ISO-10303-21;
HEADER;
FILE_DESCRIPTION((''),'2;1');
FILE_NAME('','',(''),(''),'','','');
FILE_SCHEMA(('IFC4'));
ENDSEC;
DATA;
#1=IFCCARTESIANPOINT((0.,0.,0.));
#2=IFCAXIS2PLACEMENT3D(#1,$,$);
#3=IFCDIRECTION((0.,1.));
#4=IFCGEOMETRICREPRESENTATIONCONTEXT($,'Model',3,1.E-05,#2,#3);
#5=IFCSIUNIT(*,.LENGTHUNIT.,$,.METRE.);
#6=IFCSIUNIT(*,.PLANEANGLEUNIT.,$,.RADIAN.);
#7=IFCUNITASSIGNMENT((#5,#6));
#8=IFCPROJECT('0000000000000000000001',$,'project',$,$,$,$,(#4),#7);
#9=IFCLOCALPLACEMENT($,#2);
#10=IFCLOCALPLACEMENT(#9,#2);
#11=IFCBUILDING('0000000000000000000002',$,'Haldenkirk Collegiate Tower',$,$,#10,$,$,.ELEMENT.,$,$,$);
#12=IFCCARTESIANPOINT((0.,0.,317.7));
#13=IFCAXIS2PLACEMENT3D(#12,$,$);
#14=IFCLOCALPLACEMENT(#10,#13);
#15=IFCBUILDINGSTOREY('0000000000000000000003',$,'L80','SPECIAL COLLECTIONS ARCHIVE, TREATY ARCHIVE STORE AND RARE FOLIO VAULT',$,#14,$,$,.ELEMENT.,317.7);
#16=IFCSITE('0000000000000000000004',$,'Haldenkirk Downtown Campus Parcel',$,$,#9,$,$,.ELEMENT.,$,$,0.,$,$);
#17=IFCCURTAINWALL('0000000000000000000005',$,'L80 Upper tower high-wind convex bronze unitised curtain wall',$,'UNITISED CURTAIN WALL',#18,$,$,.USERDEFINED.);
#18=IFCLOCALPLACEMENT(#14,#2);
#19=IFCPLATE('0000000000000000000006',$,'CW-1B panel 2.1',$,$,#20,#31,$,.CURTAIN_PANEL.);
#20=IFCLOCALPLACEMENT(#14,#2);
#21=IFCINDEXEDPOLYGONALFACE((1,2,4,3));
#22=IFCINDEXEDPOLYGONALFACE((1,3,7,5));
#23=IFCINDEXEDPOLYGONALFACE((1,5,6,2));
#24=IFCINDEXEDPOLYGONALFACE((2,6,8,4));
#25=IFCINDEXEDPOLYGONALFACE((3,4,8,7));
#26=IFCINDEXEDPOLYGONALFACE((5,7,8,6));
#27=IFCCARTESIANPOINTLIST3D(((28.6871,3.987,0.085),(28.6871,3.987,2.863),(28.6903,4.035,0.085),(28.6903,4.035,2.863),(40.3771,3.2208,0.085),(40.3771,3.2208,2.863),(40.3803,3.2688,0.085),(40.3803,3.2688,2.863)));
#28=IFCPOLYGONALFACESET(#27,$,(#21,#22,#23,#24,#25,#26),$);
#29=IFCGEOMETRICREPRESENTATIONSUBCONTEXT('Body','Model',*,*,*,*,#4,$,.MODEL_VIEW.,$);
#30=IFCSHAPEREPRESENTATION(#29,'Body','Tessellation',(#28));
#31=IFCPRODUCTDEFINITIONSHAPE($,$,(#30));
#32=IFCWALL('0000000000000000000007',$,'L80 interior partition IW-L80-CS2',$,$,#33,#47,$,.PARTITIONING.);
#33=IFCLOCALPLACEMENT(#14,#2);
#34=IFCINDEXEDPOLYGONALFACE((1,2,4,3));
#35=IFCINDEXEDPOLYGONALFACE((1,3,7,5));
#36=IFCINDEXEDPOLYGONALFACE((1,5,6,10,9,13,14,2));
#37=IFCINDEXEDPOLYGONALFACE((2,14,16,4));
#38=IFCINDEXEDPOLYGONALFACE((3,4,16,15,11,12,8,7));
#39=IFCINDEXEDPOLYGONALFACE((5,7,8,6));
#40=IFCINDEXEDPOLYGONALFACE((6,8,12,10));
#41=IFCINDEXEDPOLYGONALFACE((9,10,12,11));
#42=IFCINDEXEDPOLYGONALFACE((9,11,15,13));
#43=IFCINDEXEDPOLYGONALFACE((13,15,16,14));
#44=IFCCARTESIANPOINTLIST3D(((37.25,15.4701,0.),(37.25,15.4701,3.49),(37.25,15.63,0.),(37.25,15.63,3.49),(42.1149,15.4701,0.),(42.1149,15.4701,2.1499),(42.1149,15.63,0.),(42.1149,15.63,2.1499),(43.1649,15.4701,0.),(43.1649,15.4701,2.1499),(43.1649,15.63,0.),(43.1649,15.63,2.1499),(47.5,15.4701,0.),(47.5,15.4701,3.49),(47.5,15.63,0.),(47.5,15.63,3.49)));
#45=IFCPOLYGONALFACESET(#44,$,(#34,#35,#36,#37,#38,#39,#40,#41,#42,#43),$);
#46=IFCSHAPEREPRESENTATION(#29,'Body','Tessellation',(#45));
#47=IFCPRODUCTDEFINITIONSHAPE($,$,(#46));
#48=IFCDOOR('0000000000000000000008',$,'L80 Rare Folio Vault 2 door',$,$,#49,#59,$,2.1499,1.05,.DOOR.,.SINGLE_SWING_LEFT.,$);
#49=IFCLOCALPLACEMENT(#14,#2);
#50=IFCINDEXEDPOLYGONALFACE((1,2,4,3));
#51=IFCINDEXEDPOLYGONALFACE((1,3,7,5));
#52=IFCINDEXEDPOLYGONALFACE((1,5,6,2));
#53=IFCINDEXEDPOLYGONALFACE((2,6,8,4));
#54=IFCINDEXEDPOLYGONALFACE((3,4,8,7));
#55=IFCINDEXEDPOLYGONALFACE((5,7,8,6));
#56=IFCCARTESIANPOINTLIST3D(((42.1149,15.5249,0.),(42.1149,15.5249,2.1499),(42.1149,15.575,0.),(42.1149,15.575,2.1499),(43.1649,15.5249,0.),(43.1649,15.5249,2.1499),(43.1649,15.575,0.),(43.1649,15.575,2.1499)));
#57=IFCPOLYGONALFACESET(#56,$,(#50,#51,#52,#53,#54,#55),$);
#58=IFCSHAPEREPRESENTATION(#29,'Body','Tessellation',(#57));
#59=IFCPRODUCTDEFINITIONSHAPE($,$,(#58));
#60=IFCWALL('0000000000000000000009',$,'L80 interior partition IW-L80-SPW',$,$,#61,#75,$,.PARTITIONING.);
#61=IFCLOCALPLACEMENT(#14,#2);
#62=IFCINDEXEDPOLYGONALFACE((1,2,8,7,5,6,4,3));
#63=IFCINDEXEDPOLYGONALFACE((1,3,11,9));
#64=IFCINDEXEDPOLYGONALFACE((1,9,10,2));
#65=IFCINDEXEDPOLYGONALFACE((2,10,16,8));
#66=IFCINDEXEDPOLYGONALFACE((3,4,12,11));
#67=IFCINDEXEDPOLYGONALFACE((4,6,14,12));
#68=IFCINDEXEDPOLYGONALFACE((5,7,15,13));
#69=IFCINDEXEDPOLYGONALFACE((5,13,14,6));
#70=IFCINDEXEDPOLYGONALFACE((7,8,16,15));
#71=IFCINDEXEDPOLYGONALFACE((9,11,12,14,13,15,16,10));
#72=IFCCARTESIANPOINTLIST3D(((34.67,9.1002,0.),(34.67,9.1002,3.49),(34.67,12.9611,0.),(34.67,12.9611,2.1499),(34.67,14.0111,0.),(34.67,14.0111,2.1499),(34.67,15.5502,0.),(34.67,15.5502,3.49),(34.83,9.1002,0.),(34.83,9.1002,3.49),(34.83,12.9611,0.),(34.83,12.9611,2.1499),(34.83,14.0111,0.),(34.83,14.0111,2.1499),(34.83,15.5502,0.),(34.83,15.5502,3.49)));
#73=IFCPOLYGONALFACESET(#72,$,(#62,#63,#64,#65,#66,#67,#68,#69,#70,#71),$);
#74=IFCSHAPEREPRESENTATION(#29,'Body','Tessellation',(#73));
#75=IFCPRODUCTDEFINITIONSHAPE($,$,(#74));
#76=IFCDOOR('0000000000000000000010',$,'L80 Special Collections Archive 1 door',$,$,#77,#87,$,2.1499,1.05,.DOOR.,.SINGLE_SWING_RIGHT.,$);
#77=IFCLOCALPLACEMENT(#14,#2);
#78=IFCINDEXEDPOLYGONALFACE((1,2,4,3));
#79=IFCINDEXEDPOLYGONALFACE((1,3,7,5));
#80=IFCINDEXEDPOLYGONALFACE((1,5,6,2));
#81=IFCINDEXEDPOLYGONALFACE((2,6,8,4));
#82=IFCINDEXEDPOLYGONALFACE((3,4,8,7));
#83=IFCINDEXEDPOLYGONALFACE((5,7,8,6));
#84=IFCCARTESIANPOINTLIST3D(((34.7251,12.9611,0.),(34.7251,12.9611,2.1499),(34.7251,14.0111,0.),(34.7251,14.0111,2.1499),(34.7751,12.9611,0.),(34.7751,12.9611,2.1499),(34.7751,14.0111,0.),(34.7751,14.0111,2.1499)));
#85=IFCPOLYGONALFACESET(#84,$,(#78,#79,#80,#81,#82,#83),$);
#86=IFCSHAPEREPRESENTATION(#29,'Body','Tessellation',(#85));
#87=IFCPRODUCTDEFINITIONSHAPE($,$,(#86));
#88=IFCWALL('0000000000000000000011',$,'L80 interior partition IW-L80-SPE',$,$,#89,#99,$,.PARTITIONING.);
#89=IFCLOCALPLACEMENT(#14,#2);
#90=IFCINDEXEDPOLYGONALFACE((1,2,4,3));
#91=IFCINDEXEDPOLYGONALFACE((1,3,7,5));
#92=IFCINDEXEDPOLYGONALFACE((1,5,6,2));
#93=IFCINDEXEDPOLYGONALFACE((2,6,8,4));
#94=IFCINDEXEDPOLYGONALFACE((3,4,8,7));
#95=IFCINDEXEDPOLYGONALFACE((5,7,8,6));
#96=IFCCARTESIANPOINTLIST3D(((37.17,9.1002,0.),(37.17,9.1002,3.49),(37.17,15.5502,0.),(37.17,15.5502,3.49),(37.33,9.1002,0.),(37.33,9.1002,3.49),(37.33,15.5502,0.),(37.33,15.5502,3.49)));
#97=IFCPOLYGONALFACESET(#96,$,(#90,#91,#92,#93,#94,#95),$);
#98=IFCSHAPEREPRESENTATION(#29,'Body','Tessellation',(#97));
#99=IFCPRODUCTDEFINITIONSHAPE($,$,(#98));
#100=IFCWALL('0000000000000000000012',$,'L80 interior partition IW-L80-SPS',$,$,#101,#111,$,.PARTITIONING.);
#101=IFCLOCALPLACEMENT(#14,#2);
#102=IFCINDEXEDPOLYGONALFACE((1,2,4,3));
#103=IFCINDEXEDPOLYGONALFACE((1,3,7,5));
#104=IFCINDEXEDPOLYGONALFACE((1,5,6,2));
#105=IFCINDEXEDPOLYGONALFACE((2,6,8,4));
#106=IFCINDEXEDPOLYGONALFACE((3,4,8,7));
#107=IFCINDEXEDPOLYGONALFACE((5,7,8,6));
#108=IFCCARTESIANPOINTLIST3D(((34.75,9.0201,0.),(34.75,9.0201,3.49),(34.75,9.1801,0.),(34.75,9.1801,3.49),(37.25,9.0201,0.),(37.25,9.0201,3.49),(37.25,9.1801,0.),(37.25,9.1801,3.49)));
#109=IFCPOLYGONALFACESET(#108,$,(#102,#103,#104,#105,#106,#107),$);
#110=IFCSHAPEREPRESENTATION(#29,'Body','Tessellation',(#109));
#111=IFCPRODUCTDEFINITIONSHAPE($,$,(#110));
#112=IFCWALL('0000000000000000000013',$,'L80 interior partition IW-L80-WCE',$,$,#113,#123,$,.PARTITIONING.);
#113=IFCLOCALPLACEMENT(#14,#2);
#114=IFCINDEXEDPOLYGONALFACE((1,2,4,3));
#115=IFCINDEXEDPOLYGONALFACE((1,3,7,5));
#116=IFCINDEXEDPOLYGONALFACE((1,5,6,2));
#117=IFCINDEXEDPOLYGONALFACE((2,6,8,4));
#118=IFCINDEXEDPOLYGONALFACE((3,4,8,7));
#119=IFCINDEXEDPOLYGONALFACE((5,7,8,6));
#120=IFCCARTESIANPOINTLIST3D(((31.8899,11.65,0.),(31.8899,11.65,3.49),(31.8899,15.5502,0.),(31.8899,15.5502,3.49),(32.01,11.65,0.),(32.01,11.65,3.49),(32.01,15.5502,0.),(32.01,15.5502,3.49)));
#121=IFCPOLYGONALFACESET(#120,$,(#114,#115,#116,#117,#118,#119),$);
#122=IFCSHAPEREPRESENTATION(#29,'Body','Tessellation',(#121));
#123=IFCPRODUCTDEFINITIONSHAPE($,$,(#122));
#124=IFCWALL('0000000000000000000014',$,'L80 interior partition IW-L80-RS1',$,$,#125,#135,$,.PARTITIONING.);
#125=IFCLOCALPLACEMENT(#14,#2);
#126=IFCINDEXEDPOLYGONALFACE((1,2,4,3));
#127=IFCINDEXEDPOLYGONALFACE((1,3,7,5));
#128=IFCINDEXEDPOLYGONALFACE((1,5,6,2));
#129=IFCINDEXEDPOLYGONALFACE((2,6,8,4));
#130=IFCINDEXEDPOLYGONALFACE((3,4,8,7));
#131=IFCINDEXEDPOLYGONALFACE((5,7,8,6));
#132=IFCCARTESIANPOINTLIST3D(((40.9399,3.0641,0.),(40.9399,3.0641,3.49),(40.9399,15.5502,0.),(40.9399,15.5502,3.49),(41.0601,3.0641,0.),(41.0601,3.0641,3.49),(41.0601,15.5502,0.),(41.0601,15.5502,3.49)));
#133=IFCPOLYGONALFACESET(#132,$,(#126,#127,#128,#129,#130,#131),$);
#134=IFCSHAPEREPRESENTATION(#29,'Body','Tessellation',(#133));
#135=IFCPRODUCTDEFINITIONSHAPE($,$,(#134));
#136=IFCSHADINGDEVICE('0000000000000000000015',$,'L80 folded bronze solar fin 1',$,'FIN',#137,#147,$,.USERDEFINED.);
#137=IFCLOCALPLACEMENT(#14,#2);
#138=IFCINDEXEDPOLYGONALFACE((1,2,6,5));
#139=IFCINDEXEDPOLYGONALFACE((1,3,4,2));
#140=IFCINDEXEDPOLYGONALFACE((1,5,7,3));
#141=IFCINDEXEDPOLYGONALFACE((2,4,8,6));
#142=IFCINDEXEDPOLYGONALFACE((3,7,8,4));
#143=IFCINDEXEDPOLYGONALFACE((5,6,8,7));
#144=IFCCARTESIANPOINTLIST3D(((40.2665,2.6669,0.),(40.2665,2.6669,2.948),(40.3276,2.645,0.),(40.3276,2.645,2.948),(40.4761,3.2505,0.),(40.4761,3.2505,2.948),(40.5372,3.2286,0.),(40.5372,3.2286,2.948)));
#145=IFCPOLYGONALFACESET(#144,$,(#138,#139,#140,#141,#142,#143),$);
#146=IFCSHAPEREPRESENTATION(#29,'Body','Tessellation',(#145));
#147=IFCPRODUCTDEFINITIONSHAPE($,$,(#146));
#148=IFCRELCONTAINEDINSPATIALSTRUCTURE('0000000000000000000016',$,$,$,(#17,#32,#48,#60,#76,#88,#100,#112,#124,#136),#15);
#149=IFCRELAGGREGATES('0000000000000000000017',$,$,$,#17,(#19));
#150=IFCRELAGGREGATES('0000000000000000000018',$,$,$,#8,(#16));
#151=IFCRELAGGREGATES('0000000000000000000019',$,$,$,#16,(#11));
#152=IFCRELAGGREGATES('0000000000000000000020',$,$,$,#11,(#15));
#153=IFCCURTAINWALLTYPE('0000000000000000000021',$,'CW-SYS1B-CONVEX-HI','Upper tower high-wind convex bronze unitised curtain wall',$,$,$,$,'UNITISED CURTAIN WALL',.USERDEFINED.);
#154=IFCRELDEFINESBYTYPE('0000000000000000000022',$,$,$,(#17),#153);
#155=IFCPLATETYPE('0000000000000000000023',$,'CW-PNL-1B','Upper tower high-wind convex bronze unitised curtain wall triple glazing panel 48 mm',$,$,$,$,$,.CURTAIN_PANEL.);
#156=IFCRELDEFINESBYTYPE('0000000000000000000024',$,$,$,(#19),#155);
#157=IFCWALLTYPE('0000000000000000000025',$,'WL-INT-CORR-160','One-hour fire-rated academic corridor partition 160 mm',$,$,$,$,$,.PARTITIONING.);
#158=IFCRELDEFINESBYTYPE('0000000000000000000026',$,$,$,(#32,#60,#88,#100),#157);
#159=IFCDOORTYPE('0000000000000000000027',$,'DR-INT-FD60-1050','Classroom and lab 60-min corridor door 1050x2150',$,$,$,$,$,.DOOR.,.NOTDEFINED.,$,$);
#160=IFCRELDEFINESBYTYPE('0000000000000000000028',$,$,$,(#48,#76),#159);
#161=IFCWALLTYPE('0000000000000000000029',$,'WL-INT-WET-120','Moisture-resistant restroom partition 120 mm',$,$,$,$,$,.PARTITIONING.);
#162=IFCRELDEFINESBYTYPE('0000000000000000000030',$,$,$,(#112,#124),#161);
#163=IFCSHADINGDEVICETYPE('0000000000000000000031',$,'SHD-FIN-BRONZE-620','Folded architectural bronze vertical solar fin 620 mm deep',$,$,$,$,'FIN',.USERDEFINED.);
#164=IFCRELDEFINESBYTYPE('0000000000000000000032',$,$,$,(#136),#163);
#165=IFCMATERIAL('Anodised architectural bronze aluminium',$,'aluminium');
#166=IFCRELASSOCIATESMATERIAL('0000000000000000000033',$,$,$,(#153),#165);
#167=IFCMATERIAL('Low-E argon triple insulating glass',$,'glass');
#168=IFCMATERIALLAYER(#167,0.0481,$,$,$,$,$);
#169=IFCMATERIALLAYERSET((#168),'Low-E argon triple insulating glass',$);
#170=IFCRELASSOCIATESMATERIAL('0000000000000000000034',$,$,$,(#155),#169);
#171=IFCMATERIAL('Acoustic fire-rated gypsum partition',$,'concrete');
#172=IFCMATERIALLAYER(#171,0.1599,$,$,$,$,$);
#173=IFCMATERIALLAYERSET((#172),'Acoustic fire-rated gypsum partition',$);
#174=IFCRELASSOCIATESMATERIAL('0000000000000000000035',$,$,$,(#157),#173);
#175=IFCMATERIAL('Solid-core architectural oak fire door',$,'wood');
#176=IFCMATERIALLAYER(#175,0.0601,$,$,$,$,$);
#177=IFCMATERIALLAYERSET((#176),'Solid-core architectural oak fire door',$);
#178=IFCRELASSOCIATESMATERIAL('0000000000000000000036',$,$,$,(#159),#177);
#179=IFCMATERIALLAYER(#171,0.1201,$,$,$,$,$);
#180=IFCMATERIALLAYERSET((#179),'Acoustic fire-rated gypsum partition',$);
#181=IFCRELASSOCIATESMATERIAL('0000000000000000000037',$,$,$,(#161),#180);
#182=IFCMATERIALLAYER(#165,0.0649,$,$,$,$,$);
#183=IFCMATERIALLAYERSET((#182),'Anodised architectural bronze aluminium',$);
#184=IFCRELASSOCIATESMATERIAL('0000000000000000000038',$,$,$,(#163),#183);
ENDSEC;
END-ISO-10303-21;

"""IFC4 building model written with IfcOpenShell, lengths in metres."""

from ifc_helpers import new_model, si_unit, direction, frame, frame_2d, origin, origin_2d, place, context, subcontext, project, spatial, rectangle, extrude, source, transform, mapped, material, layer, layer_set, type_object, element, fill, aggregate, save


model = new_model("IFC4")

# Units and contexts
model_context = context("Model", 3, precision=1e-05, world=origin(), true_north=direction((0.0, 1.0)))
body_context = subcontext(model_context, "Body", "Model", "MODEL_VIEW")
ifc_project = project(units=[si_unit("LENGTHUNIT", "METRE"), si_unit("PLANEANGLEUNIT", "RADIAN")], contexts=[model_context])

# Site, building, storey
site_placement = place(None, origin())
site = spatial("IfcSite", under=ifc_project, at=site_placement, Name="Haldenkirk Downtown Campus Parcel", CompositionType="ELEMENT", RefElevation=0.0)
building_placement = place(site_placement, origin())
building = spatial("IfcBuilding", under=site, at=building_placement, Name="Haldenkirk Collegiate Tower", CompositionType="ELEMENT")
storey_placement = place(building_placement, frame((0.0, 0.0, 317.7)))
storey = spatial("IfcBuildingStorey", under=building, at=storey_placement, Name="L80", Description="SPECIAL COLLECTIONS ARCHIVE, TREATY ARCHIVE STORE AND RARE FOLIO VAULT", CompositionType="ELEMENT", Elevation=317.7)

# Curtain wall, plate
ifc_material_1 = material(Name="Anodised architectural bronze aluminium", Category="aluminium")
curtain_wall_type = type_object("IfcCurtainWallType", Name="CW-SYS1B-CONVEX-HI", Description="Upper tower high-wind convex bronze unitised curtain wall", ElementType="UNITISED CURTAIN WALL", PredefinedType="USERDEFINED", material=ifc_material_1)
curtain_wall_placement = place(storey_placement, origin())
curtain_wall = element("IfcCurtainWall", 1, at=curtain_wall_placement, inside=storey, type_object=curtain_wall_type, Name="L80 Upper tower high-wind convex bronze unitised curtain wall", ObjectType="UNITISED CURTAIN WALL", PredefinedType="USERDEFINED")
ifc_material_2 = material(Name="Low-E argon triple insulating glass", Category="glass")
ifc_layer_1 = layer(ifc_material_2, 0.0481)
ifc_layer_set_1 = layer_set([ifc_layer_1], Name="Low-E argon triple insulating glass")
plate_type_1 = type_object("IfcPlateType", Name="CW-PNL-1B", Description="Upper tower high-wind convex bronze unitised curtain wall triple glazing panel 48 mm", PredefinedType="CURTAIN_PANEL", material=ifc_layer_set_1)
shared_shape_1 = source(origin(), body_context, "Body", "SweptSolid", [
    extrude(rectangle(XDim=11.7151, YDim=0.0481, at=origin_2d()), origin(), (0.0, 0.0, 1.0), 2.7781),
])
plate_1_placement = place(storey_placement, frame((34.5337, 3.6279, 0.085), z_axis=(0.0, 0.0, 1.0), x_axis=(-0.997859, 0.065401, 0.0)))
plate_1 = element("IfcPlate", 2, at=plate_1_placement, type_object=plate_type_1, Name="CW-1B panel 2.1", PredefinedType="CURTAIN_PANEL", context=body_context, shape_type="MappedRepresentation", body=[
    mapped(shared_shape_1, transform((0.0, 0.0, 0.0), x_axis=(1.0, 0.0, 0.0), y_axis=(0.0, 1.0, 0.0), z_axis=(0.0, 0.0, 1.0), scale=1.0)),
])
aggregate(curtain_wall, [plate_1])

# Walls, openings, doors
ifc_material_3 = material(Name="Acoustic fire-rated gypsum partition", Category="concrete")
ifc_layer_2 = layer(ifc_material_3, 0.1599)
ifc_layer_set_2 = layer_set([ifc_layer_2], Name="Acoustic fire-rated gypsum partition")
wall_type_1 = type_object("IfcWallType", Name="WL-INT-CORR-160", Description="One-hour fire-rated academic corridor partition 160 mm", PredefinedType="PARTITIONING", material=ifc_layer_set_2)
wall_1_placement = place(storey_placement, frame((37.25, 15.55, 0.0), z_axis=(0.0, 0.0, 1.0), x_axis=(1.0, 0.0, 0.0)))
wall_1 = element("IfcWall", 3, at=wall_1_placement, inside=storey, type_object=wall_type_1, Name="L80 interior partition IW-L80-CS2", PredefinedType="PARTITIONING", context=body_context, shape_type="SweptSolid", body=[
    extrude(rectangle(XDim=10.25, YDim=0.1599, at=frame_2d((5.125, 0.0))), origin(), (0.0, 0.0, 1.0), 3.49),
])
opening_1_placement = place(wall_1_placement, frame((4.865, 0.0, 0.0)))
opening_1 = element("IfcOpeningElement", 4, at=opening_1_placement, cuts=wall_1, PredefinedType="OPENING", context=body_context, shape_type="SweptSolid", body=[
    extrude(rectangle(XDim=1.05, YDim=2.1499, at=frame_2d((0.5249, 1.075))), frame((0.0, 0.0898, 0.0), z_axis=(0.0, -1.0, 0.0), x_axis=(1.0, 0.0, 0.0)), (0.0, 0.0, 1.0), 0.1799),
])
ifc_material_4 = material(Name="Solid-core architectural oak fire door", Category="wood")
ifc_layer_3 = layer(ifc_material_4, 0.0601)
ifc_layer_set_3 = layer_set([ifc_layer_3], Name="Solid-core architectural oak fire door")
door_type = type_object("IfcDoorType", Name="DR-INT-FD60-1050", Description="Classroom and lab 60-min corridor door 1050x2150", OperationType="NOTDEFINED", PredefinedType="DOOR", material=ifc_layer_set_3)
door_1_placement = place(opening_1_placement, origin())
door_1 = element("IfcDoor", 5, at=door_1_placement, inside=storey, type_object=door_type, Name="L80 Rare Folio Vault 2 door", OperationType="SINGLE_SWING_LEFT", OverallHeight=2.1499, OverallWidth=1.05, PredefinedType="DOOR", context=body_context, shape_type="SweptSolid", body=[
    extrude(rectangle(XDim=1.05, YDim=2.1499, at=frame_2d((0.5249, 1.075))), frame((0.0, 0.0249, 0.0), z_axis=(0.0, -1.0, 0.0), x_axis=(1.0, 0.0, 0.0)), (0.0, 0.0, 1.0), 0.05),
])
fill(opening_1, door_1)
wall_2_placement = place(storey_placement, frame((34.75, 9.1001, 0.0), z_axis=(0.0, 0.0, 1.0), x_axis=(0.0, 1.0, 0.0)))
wall_2 = element("IfcWall", 6, at=wall_2_placement, inside=storey, type_object=wall_type_1, Name="L80 interior partition IW-L80-SPW", PredefinedType="PARTITIONING", context=body_context, shape_type="SweptSolid", body=[
    extrude(rectangle(XDim=6.45, YDim=0.1599, at=frame_2d((3.2251, 0.0))), origin(), (0.0, 0.0, 1.0), 3.49),
])
opening_2_placement = place(wall_2_placement, frame((3.8611, 0.0, 0.0)))
opening_2 = element("IfcOpeningElement", 7, at=opening_2_placement, cuts=wall_2, PredefinedType="OPENING", context=body_context, shape_type="SweptSolid", body=[
    extrude(rectangle(XDim=1.05, YDim=2.1499, at=frame_2d((0.5249, 1.075))), frame((0.0, 0.0898, 0.0), z_axis=(0.0, -1.0, 0.0), x_axis=(1.0, 0.0, 0.0)), (0.0, 0.0, 1.0), 0.1799),
])
door_2_placement = place(opening_2_placement, origin())
door_2 = element("IfcDoor", 8, at=door_2_placement, inside=storey, type_object=door_type, Name="L80 Special Collections Archive 1 door", OperationType="SINGLE_SWING_RIGHT", OverallHeight=2.1499, OverallWidth=1.05, PredefinedType="DOOR", context=body_context, shape_type="SweptSolid", body=[
    extrude(rectangle(XDim=1.05, YDim=2.1499, at=frame_2d((0.5249, 1.075))), frame((0.0, 0.0249, 0.0), z_axis=(0.0, -1.0, 0.0), x_axis=(1.0, 0.0, 0.0)), (0.0, 0.0, 1.0), 0.05),
])
fill(opening_2, door_2)

# Walls
wall_3_placement = place(storey_placement, frame((37.25, 9.1001, 0.0), z_axis=(0.0, 0.0, 1.0), x_axis=(0.0, 1.0, 0.0)))
element("IfcWall", 9, at=wall_3_placement, inside=storey, type_object=wall_type_1, Name="L80 interior partition IW-L80-SPE", PredefinedType="PARTITIONING", context=body_context, shape_type="SweptSolid", body=[
    extrude(rectangle(XDim=6.45, YDim=0.1599, at=frame_2d((3.2251, 0.0))), origin(), (0.0, 0.0, 1.0), 3.49),
])
wall_4_placement = place(storey_placement, frame((34.75, 9.1001, 0.0), z_axis=(0.0, 0.0, 1.0), x_axis=(1.0, 0.0, 0.0)))
element("IfcWall", 10, at=wall_4_placement, inside=storey, type_object=wall_type_1, Name="L80 interior partition IW-L80-SPS", PredefinedType="PARTITIONING", context=body_context, shape_type="SweptSolid", body=[
    extrude(rectangle(XDim=2.5, YDim=0.1599, at=frame_2d((1.25, 0.0))), origin(), (0.0, 0.0, 1.0), 3.49),
])
ifc_layer_4 = layer(ifc_material_3, 0.1201)
ifc_layer_set_4 = layer_set([ifc_layer_4], Name="Acoustic fire-rated gypsum partition")
wall_type_2 = type_object("IfcWallType", Name="WL-INT-WET-120", Description="Moisture-resistant restroom partition 120 mm", PredefinedType="PARTITIONING", material=ifc_layer_set_4)
wall_5_placement = place(storey_placement, frame((31.95, 11.6499, 0.0), z_axis=(0.0, 0.0, 1.0), x_axis=(0.0, 1.0, 0.0)))
element("IfcWall", 11, at=wall_5_placement, inside=storey, type_object=wall_type_2, Name="L80 interior partition IW-L80-WCE", PredefinedType="PARTITIONING", context=body_context, shape_type="SweptSolid", body=[
    extrude(rectangle(XDim=3.9001, YDim=0.1201, at=frame_2d((1.9502, 0.0))), origin(), (0.0, 0.0, 1.0), 3.49),
])
wall_6_placement = place(storey_placement, frame((41.0, 3.064, 0.0), z_axis=(0.0, 0.0, 1.0), x_axis=(0.0, 1.0, 0.0)))
element("IfcWall", 12, at=wall_6_placement, inside=storey, type_object=wall_type_2, Name="L80 interior partition IW-L80-RS1", PredefinedType="PARTITIONING", context=body_context, shape_type="SweptSolid", body=[
    extrude(rectangle(XDim=12.4861, YDim=0.1201, at=frame_2d((6.2432, 0.0))), origin(), (0.0, 0.0, 1.0), 3.49),
])

# Shading device
ifc_layer_5 = layer(ifc_material_1, 0.0649)
ifc_layer_set_5 = layer_set([ifc_layer_5], Name="Anodised architectural bronze aluminium")
shading_device_type = type_object("IfcShadingDeviceType", Name="SHD-FIN-BRONZE-620", Description="Folded architectural bronze vertical solar fin 620 mm deep", ElementType="FIN", PredefinedType="USERDEFINED", material=ifc_layer_set_5)
shared_shape_2 = source(origin(), body_context, "Body", "SweptSolid", [
    extrude(rectangle(XDim=0.6201, YDim=0.0649, at=origin_2d()), origin(), (0.0, 0.0, 1.0), 2.948),
])
shading_device_placement = place(storey_placement, frame((40.4019, 2.9478, 0.0), z_axis=(0.0, 0.0, 1.0), x_axis=(-0.337917, -0.941176, 0.0)))
element("IfcShadingDevice", 13, at=shading_device_placement, inside=storey, type_object=shading_device_type, Name="L80 folded bronze solar fin 1", ObjectType="FIN", PredefinedType="USERDEFINED", context=body_context, shape_type="MappedRepresentation", body=[
    mapped(shared_shape_2, transform((0.0, 0.0, 0.0), x_axis=(1.0, 0.0, 0.0), y_axis=(0.0, 1.0, 0.0), z_axis=(0.0, 0.0, 1.0), scale=1.0)),
])

save(model, "model.ifc")
